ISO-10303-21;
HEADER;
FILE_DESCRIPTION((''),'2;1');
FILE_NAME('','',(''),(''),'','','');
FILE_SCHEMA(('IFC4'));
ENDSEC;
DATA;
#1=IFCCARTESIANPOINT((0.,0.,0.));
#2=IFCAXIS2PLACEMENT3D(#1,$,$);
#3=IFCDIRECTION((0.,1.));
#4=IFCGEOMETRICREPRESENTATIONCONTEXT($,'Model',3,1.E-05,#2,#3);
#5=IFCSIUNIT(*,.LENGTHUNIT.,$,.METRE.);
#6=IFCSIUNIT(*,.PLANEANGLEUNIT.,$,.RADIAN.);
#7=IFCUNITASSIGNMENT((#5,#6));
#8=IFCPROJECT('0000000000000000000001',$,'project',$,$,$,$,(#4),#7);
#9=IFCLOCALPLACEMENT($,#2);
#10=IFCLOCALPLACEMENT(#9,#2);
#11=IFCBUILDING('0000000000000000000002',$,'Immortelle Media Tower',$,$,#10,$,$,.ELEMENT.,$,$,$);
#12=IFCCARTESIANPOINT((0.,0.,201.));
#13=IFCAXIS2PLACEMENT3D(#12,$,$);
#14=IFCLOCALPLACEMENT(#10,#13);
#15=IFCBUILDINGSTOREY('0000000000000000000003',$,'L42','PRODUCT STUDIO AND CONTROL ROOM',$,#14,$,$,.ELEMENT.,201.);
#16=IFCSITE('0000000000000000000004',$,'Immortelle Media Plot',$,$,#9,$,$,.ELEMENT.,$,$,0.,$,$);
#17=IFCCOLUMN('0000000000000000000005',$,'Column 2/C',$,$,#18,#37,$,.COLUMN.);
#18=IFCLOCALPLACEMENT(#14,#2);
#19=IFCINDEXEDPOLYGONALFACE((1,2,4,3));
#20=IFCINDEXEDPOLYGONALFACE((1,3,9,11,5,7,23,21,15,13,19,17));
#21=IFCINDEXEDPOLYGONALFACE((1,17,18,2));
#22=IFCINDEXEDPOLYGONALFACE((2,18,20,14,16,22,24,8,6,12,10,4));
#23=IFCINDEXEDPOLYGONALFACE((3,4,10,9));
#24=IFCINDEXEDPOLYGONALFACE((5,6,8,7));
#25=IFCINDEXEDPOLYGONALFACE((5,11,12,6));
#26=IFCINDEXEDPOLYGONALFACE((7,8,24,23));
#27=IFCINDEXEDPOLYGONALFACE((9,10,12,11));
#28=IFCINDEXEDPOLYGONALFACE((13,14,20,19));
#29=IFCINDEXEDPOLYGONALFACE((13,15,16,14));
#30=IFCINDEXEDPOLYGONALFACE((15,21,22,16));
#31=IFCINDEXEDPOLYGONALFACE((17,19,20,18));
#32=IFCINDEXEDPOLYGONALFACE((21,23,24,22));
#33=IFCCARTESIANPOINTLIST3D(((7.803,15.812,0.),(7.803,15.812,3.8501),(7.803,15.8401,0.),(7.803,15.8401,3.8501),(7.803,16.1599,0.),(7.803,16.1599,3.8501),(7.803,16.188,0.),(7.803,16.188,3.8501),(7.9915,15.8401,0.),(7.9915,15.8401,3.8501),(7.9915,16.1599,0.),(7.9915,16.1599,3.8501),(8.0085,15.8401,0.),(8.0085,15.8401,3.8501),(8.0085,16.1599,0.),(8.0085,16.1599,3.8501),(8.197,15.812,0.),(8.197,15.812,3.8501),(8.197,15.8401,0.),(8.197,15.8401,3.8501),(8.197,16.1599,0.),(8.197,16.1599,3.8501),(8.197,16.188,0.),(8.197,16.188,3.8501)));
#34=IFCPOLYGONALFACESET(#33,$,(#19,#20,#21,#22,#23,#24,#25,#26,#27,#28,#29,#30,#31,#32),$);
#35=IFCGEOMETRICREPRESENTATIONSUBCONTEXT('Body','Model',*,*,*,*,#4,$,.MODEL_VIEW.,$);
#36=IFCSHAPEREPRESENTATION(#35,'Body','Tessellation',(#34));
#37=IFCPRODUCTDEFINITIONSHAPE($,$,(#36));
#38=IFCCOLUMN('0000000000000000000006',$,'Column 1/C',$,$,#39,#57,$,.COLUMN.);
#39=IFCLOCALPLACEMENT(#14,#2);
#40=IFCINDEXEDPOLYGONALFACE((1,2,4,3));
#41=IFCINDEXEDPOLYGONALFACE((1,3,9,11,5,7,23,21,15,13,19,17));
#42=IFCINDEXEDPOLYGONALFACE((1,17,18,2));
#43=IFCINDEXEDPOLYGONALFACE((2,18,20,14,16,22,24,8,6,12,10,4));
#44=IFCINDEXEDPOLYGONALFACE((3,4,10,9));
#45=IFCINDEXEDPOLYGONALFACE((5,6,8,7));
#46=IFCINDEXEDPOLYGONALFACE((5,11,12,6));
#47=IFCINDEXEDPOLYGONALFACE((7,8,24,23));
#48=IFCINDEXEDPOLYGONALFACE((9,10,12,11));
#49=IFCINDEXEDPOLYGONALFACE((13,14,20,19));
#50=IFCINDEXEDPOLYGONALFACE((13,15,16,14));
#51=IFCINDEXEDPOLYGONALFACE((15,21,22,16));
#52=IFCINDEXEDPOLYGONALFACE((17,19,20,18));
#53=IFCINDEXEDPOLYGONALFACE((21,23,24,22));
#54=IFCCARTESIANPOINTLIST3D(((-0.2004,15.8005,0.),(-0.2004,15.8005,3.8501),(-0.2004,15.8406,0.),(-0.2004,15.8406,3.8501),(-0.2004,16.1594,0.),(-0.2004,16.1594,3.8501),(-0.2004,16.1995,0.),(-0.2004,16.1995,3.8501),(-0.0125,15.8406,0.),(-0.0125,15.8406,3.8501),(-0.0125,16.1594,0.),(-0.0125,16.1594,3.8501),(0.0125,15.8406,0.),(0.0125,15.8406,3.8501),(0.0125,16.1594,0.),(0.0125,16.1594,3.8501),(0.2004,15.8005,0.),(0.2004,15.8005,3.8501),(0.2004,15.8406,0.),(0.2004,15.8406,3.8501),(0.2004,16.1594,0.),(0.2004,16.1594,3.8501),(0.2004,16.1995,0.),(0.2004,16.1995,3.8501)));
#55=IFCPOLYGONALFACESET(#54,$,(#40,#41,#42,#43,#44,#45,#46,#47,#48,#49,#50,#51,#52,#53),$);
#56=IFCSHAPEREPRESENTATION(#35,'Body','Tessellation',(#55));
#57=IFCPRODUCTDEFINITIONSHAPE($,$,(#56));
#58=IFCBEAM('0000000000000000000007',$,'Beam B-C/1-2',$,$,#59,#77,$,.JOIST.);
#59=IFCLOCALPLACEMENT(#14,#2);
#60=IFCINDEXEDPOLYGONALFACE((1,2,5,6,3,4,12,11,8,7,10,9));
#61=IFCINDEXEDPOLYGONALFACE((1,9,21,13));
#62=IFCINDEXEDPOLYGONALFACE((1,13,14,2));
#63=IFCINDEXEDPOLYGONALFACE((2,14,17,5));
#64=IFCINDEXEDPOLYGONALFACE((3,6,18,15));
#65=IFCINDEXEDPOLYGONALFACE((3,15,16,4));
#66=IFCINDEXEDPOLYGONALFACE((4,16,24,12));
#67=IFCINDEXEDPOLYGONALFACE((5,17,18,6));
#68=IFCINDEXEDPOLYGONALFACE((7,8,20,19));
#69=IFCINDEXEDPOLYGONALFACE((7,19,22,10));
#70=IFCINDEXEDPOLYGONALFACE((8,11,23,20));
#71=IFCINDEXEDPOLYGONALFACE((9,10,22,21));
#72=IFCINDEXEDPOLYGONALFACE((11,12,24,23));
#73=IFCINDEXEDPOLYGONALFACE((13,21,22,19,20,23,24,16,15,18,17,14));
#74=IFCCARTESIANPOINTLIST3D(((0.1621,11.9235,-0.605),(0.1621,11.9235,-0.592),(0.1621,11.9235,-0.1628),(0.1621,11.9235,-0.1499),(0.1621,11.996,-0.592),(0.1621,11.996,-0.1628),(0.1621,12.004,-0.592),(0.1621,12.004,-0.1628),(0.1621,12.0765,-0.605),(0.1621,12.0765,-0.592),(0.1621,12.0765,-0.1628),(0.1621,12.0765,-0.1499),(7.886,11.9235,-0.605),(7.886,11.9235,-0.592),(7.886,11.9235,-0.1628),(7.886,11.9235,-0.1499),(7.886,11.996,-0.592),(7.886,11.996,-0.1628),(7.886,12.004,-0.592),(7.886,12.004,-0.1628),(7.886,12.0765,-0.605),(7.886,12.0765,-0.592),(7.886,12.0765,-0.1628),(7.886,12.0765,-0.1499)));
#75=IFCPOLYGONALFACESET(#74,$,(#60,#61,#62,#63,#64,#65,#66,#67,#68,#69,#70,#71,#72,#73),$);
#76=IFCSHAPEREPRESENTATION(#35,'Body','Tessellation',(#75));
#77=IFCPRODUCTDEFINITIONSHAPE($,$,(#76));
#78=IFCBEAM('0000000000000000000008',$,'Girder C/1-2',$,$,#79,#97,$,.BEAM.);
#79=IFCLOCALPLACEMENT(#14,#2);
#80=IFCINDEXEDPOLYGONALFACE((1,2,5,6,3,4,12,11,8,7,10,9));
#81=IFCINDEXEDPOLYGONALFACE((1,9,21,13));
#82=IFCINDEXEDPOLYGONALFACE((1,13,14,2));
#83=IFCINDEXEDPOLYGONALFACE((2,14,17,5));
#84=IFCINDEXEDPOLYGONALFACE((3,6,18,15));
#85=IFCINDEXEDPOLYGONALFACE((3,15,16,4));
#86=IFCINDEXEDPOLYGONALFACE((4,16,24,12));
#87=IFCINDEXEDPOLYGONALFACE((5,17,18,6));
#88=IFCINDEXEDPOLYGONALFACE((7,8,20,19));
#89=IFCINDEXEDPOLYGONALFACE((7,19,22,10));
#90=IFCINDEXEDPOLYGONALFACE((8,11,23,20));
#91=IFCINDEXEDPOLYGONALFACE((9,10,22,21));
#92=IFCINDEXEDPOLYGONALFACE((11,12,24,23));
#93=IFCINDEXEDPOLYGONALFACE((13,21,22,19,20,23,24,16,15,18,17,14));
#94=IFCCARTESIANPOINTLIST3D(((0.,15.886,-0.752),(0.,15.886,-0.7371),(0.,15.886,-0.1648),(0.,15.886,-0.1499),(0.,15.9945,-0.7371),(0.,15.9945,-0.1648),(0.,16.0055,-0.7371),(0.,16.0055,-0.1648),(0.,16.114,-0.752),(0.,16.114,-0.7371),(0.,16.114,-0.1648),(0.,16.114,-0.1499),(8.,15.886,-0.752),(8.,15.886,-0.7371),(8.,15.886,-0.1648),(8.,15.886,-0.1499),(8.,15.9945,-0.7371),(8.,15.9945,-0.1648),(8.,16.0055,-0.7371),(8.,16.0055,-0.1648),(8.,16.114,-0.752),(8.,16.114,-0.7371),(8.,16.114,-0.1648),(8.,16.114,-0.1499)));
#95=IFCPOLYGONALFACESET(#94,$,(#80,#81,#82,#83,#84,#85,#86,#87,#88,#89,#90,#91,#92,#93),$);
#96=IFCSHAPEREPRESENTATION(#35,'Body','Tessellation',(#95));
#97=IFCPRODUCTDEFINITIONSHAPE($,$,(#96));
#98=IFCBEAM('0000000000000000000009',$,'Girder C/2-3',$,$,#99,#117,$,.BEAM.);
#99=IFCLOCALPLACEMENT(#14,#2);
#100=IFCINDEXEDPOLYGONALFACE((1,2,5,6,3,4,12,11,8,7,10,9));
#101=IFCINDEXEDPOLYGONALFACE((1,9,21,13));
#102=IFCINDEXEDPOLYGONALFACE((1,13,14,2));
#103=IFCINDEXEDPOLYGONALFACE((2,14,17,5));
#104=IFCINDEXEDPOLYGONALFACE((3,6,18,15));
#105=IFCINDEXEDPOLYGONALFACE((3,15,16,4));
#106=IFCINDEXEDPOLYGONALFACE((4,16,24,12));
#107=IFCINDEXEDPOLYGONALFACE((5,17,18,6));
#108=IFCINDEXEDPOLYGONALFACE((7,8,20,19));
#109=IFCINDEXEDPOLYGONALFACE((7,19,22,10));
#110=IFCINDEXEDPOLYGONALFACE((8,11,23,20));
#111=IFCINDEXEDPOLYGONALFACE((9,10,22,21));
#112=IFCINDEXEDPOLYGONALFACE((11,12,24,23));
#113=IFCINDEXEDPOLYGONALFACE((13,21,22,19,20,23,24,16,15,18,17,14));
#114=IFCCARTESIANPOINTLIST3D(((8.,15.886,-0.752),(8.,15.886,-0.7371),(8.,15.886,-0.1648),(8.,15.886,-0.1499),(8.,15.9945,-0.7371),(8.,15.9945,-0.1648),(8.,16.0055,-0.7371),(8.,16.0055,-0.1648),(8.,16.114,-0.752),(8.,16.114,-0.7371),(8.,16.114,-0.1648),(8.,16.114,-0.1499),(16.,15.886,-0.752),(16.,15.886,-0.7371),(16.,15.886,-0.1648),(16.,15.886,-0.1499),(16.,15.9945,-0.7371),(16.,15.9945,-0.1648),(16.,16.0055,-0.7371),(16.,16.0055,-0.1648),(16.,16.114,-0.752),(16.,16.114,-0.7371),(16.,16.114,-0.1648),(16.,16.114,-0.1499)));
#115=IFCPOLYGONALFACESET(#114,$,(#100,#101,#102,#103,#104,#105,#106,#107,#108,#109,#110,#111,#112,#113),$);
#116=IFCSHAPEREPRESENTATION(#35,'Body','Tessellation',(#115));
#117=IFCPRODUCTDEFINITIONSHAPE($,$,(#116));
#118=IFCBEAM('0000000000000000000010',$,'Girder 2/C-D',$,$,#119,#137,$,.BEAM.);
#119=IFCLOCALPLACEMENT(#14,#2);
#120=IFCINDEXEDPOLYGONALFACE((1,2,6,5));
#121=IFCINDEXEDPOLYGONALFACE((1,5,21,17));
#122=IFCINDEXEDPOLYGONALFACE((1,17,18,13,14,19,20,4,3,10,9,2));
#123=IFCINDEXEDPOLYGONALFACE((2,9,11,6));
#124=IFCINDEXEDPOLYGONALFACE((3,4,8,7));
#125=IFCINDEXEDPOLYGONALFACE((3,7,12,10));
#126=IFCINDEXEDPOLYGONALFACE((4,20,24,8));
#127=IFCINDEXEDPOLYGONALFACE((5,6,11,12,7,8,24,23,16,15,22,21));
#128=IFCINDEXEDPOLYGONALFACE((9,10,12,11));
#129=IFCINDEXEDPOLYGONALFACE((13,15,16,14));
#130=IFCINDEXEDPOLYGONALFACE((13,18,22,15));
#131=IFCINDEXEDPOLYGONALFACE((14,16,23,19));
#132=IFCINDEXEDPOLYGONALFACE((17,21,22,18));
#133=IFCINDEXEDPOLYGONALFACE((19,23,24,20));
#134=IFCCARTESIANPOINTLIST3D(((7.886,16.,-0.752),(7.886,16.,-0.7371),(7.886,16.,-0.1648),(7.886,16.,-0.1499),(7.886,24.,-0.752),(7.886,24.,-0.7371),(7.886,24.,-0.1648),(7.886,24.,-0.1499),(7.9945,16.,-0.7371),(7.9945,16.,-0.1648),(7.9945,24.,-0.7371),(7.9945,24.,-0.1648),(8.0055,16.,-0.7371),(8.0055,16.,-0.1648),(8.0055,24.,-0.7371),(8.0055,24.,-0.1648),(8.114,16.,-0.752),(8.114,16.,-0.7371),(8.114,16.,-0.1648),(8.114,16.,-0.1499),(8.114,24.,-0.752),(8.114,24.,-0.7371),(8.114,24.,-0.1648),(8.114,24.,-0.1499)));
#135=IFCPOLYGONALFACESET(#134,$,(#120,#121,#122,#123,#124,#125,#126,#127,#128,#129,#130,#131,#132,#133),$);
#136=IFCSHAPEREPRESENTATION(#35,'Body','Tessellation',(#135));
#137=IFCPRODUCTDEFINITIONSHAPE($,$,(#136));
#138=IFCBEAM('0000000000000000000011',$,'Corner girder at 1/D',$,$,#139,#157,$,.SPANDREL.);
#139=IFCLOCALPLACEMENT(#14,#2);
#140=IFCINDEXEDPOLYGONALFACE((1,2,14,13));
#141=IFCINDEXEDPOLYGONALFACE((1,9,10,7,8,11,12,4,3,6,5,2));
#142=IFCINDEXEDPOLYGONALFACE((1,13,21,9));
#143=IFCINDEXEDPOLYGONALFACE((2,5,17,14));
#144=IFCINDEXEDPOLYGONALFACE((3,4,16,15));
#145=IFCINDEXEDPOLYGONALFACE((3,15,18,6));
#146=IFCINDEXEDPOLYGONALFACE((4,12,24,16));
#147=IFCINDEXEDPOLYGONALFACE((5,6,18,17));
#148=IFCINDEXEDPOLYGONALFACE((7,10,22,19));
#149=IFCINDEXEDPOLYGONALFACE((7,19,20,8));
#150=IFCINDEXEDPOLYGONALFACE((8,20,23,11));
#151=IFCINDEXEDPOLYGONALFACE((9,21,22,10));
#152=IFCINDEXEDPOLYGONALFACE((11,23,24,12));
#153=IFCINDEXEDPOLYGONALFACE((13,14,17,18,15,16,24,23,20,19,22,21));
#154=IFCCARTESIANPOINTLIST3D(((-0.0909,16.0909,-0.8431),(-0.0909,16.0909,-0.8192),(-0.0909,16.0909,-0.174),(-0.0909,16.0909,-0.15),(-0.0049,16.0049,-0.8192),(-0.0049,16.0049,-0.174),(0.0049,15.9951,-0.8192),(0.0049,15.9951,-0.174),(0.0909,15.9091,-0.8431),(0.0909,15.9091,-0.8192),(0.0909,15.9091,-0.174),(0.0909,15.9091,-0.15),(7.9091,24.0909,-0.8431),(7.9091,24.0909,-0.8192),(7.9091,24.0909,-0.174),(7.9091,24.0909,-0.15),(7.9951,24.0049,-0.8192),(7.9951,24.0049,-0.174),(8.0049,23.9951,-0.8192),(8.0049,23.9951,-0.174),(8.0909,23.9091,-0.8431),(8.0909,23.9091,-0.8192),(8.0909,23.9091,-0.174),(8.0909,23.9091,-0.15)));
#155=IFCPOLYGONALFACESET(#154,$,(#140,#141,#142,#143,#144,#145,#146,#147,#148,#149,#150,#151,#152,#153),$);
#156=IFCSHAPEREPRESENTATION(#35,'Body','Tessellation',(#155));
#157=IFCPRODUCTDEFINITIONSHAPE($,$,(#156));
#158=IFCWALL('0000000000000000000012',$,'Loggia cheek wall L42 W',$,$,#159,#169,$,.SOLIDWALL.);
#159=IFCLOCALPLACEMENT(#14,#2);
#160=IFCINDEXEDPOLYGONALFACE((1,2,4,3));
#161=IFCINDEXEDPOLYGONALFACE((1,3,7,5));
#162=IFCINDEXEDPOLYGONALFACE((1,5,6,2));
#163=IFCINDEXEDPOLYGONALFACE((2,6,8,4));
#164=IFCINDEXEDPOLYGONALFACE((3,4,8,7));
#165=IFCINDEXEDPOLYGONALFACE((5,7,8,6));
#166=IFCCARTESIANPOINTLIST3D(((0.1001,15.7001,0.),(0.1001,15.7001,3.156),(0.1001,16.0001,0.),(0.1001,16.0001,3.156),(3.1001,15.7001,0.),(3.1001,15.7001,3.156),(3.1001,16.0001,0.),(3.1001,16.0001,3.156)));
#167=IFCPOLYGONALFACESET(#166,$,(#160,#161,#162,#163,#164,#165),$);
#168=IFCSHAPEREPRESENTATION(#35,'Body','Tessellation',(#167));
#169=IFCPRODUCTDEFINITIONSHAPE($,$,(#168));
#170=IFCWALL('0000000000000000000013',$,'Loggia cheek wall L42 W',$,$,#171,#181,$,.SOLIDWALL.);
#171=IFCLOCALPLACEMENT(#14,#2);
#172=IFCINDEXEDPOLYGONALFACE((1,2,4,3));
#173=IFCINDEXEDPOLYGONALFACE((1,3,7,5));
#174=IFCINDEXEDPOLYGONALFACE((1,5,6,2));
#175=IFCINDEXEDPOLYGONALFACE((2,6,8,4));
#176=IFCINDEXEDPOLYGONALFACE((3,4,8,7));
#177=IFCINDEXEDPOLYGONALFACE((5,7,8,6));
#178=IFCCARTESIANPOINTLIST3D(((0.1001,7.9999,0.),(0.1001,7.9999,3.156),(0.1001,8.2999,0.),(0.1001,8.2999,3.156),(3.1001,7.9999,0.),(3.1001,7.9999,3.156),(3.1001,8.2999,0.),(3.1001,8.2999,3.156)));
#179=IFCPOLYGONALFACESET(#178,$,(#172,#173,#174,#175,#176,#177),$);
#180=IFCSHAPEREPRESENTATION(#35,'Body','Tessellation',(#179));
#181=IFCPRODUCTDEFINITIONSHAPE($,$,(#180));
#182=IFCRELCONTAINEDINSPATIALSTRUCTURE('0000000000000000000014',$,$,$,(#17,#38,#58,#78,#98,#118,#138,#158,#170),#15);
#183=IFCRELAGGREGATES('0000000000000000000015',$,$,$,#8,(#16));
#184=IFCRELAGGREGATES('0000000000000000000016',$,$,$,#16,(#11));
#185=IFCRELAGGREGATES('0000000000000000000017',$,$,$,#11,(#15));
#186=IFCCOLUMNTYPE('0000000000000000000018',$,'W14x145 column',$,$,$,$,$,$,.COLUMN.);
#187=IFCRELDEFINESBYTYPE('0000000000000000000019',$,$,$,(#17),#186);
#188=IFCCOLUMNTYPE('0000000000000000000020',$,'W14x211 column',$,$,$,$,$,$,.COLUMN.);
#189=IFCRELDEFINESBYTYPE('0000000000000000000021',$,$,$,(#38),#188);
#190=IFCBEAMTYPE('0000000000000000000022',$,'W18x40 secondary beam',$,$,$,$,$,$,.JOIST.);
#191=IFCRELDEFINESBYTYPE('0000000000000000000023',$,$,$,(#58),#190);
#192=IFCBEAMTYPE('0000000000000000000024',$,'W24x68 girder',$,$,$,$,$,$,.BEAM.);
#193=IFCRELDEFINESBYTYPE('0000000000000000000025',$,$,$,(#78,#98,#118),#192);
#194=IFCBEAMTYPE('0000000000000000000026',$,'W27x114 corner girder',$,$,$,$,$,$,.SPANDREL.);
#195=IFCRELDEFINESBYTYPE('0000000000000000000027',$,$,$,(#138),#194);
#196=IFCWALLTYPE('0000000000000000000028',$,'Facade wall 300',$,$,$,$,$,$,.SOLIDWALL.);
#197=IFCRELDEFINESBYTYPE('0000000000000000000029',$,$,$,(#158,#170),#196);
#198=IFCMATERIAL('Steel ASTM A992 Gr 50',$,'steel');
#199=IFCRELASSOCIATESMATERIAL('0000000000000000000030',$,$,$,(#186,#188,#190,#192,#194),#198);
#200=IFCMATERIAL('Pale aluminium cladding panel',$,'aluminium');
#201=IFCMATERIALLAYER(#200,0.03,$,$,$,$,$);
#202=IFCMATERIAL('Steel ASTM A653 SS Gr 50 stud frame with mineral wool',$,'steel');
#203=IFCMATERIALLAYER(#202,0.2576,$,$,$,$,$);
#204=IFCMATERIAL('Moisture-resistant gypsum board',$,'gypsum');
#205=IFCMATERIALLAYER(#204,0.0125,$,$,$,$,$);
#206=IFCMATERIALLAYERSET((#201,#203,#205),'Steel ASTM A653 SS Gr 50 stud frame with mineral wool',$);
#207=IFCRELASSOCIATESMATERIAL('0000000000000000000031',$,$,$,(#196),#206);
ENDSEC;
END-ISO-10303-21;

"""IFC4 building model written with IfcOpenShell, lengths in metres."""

from ifc_helpers import new_model, si_unit, direction, frame, frame_2d, origin, origin_2d, place, context, subcontext, project, spatial, rectangle, i_section, extrude, material, layer, layer_set, material_profile, profile_set, type_object, element, save


model = new_model("IFC4")

# Units and contexts
model_context = context("Model", 3, precision=1e-05, world=origin(), true_north=direction((0.0, 1.0)))
body_context = subcontext(model_context, "Body", "Model", "MODEL_VIEW")
ifc_project = project(units=[si_unit("LENGTHUNIT", "METRE"), si_unit("PLANEANGLEUNIT", "RADIAN")], contexts=[model_context])

# Site, building, storey
site_placement = place(None, origin())
site = spatial("IfcSite", under=ifc_project, at=site_placement, Name="Immortelle Media Plot", CompositionType="ELEMENT", RefElevation=0.0)
building_placement = place(site_placement, origin())
building = spatial("IfcBuilding", under=site, at=building_placement, Name="Immortelle Media Tower", CompositionType="ELEMENT")
storey_placement = place(building_placement, frame((0.0, 0.0, 201.0)))
storey = spatial("IfcBuildingStorey", under=building, at=storey_placement, Name="L42", Description="PRODUCT STUDIO AND CONTROL ROOM", CompositionType="ELEMENT", Elevation=201.0)

# Columns
ifc_material_1 = material(Name="Steel ASTM A992 Gr 50", Category="steel")
ifc_material_profile_1 = material_profile(ifc_material_1, i_section(OverallWidth=0.394, OverallDepth=0.376, WebThickness=0.0171, FlangeThickness=0.0281, at=origin_2d()), Name="W14x145")
ifc_profile_set_1 = profile_set([ifc_material_profile_1], Name="Steel ASTM A992 Gr 50")
column_type_1 = type_object("IfcColumnType", Name="W14x145 column", PredefinedType="COLUMN", material=ifc_profile_set_1)
column_1_placement = place(storey_placement, frame((8.0, 16.0, 0.0), z_axis=(0.0, 0.0, 1.0), x_axis=(1.0, 0.0, 0.0)))
element("IfcColumn", 1, at=column_1_placement, inside=storey, type_object=column_type_1, Name="Column 2/C", PredefinedType="COLUMN", context=body_context, shape_type="SweptSolid", body=[
    extrude(i_section(OverallWidth=0.394, OverallDepth=0.376, WebThickness=0.0171, FlangeThickness=0.0281, at=origin_2d()), origin(), (0.0, 0.0, 1.0), 3.8501),
])
ifc_material_profile_2 = material_profile(ifc_material_1, i_section(OverallWidth=0.4009, OverallDepth=0.3989, WebThickness=0.0249, FlangeThickness=0.04, at=origin_2d()), Name="W14x211")
ifc_profile_set_2 = profile_set([ifc_material_profile_2], Name="Steel ASTM A992 Gr 50")
column_type_2 = type_object("IfcColumnType", Name="W14x211 column", PredefinedType="COLUMN", material=ifc_profile_set_2)
column_2_placement = place(storey_placement, frame((0.0, 16.0, 0.0), z_axis=(0.0, 0.0, 1.0), x_axis=(1.0, 0.0, 0.0)))
element("IfcColumn", 2, at=column_2_placement, inside=storey, type_object=column_type_2, Name="Column 1/C", PredefinedType="COLUMN", context=body_context, shape_type="SweptSolid", body=[
    extrude(i_section(OverallWidth=0.4009, OverallDepth=0.3989, WebThickness=0.0249, FlangeThickness=0.04, at=origin_2d()), origin(), (0.0, 0.0, 1.0), 3.8501),
])

# Beams
ifc_material_profile_3 = material_profile(ifc_material_1, i_section(OverallWidth=0.1531, OverallDepth=0.4551, WebThickness=0.0081, FlangeThickness=0.0129, at=origin_2d()), Name="W18x40")
ifc_profile_set_3 = profile_set([ifc_material_profile_3], Name="Steel ASTM A992 Gr 50")
beam_type_1 = type_object("IfcBeamType", Name="W18x40 secondary beam", PredefinedType="JOIST", material=ifc_profile_set_3)
beam_1_placement = place(storey_placement, frame((0.1621, 12.0, -0.3774), z_axis=(1.0, 0.0, 0.0), x_axis=(0.0, 1.0, 0.0)))
element("IfcBeam", 3, at=beam_1_placement, inside=storey, type_object=beam_type_1, Name="Beam B-C/1-2", PredefinedType="JOIST", context=body_context, shape_type="SweptSolid", body=[
    extrude(i_section(OverallWidth=0.1531, OverallDepth=0.4551, WebThickness=0.0081, FlangeThickness=0.0129, at=origin_2d()), origin(), (0.0, 0.0, 1.0), 7.7239),
])
ifc_material_profile_4 = material_profile(ifc_material_1, i_section(OverallWidth=0.228, OverallDepth=0.6021, WebThickness=0.011, FlangeThickness=0.0149, at=origin_2d()), Name="W24x68")
ifc_profile_set_4 = profile_set([ifc_material_profile_4], Name="Steel ASTM A992 Gr 50")
beam_type_2 = type_object("IfcBeamType", Name="W24x68 girder", PredefinedType="BEAM", material=ifc_profile_set_4)
for number, where, z_axis, x_axis, name in (
    (4, (0.0, 16.0, -0.4509), (1.0, 0.0, 0.0), (0.0, 1.0, 0.0), "Girder C/1-2"),
    (5, (8.0, 16.0, -0.4509), (1.0, 0.0, 0.0), (0.0, 1.0, 0.0), "Girder C/2-3"),
    (6, (8.0, 16.0, -0.4509), (0.0, 1.0, 0.0), (-1.0, 0.0, 0.0), "Girder 2/C-D"),
):
    element("IfcBeam", number, at=place(storey_placement, frame(where, z_axis=z_axis, x_axis=x_axis)), inside=storey, type_object=beam_type_2, Name=name, PredefinedType="BEAM", context=body_context, shape_type="SweptSolid", body=[
        extrude(i_section(OverallWidth=0.228, OverallDepth=0.6021, WebThickness=0.011, FlangeThickness=0.0149, at=origin_2d()), origin(), (0.0, 0.0, 1.0), 8.0),
    ])
ifc_material_profile_5 = material_profile(ifc_material_1, i_section(OverallWidth=0.2571, OverallDepth=0.6931, WebThickness=0.0139, FlangeThickness=0.0239, at=origin_2d()), Name="W27x114")
ifc_profile_set_5 = profile_set([ifc_material_profile_5], Name="Steel ASTM A992 Gr 50")
beam_type_3 = type_object("IfcBeamType", Name="W27x114 corner girder", PredefinedType="SPANDREL", material=ifc_profile_set_5)
beam_2_placement = place(storey_placement, frame((0.0, 16.0, -0.4966), z_axis=(0.707107, 0.707107, 0.0), x_axis=(-0.707107, 0.707107, 0.0)))
element("IfcBeam", 7, at=beam_2_placement, inside=storey, type_object=beam_type_3, Name="Corner girder at 1/D", PredefinedType="SPANDREL", context=body_context, shape_type="SweptSolid", body=[
    extrude(i_section(OverallWidth=0.2571, OverallDepth=0.6931, WebThickness=0.0139, FlangeThickness=0.0239, at=origin_2d()), origin(), (0.0, 0.0, 1.0), 11.3137),
])

# Shared definitions
ifc_material_2 = material(Name="Pale aluminium cladding panel", Category="aluminium")
ifc_layer_1 = layer(ifc_material_2, 0.03)
ifc_material_3 = material(Name="Steel ASTM A653 SS Gr 50 stud frame with mineral wool", Category="steel")
ifc_layer_2 = layer(ifc_material_3, 0.2576)
ifc_material_4 = material(Name="Moisture-resistant gypsum board", Category="gypsum")
ifc_layer_3 = layer(ifc_material_4, 0.0125)
ifc_layer_set_1 = layer_set([ifc_layer_1, ifc_layer_2, ifc_layer_3], Name="Steel ASTM A653 SS Gr 50 stud frame with mineral wool")
wall_type_1 = type_object("IfcWallType", Name="Facade wall 300", PredefinedType="SOLIDWALL", material=ifc_layer_set_1)

# Walls
for number, where, z_axis, x_axis, name in (
    (8, (0.1001, 15.8501, 0.0), (0.0, 0.0, 1.0), (1.0, 0.0, 0.0), "Loggia cheek wall L42 W"),
    (9, (0.1001, 8.1499, 0.0), (0.0, 0.0, 1.0), (1.0, 0.0, 0.0), "Loggia cheek wall L42 W"),
):
    element("IfcWall", number, at=place(storey_placement, frame(where, z_axis=z_axis, x_axis=x_axis)), inside=storey, type_object=wall_type_1, Name=name, PredefinedType="SOLIDWALL", context=body_context, shape_type="SweptSolid", body=[
        extrude(rectangle(XDim=3.0, YDim=0.3, at=frame_2d((1.5, 0.0))), origin(), (0.0, 0.0, 1.0), 3.156),
    ])

save(model, "model.ifc")
